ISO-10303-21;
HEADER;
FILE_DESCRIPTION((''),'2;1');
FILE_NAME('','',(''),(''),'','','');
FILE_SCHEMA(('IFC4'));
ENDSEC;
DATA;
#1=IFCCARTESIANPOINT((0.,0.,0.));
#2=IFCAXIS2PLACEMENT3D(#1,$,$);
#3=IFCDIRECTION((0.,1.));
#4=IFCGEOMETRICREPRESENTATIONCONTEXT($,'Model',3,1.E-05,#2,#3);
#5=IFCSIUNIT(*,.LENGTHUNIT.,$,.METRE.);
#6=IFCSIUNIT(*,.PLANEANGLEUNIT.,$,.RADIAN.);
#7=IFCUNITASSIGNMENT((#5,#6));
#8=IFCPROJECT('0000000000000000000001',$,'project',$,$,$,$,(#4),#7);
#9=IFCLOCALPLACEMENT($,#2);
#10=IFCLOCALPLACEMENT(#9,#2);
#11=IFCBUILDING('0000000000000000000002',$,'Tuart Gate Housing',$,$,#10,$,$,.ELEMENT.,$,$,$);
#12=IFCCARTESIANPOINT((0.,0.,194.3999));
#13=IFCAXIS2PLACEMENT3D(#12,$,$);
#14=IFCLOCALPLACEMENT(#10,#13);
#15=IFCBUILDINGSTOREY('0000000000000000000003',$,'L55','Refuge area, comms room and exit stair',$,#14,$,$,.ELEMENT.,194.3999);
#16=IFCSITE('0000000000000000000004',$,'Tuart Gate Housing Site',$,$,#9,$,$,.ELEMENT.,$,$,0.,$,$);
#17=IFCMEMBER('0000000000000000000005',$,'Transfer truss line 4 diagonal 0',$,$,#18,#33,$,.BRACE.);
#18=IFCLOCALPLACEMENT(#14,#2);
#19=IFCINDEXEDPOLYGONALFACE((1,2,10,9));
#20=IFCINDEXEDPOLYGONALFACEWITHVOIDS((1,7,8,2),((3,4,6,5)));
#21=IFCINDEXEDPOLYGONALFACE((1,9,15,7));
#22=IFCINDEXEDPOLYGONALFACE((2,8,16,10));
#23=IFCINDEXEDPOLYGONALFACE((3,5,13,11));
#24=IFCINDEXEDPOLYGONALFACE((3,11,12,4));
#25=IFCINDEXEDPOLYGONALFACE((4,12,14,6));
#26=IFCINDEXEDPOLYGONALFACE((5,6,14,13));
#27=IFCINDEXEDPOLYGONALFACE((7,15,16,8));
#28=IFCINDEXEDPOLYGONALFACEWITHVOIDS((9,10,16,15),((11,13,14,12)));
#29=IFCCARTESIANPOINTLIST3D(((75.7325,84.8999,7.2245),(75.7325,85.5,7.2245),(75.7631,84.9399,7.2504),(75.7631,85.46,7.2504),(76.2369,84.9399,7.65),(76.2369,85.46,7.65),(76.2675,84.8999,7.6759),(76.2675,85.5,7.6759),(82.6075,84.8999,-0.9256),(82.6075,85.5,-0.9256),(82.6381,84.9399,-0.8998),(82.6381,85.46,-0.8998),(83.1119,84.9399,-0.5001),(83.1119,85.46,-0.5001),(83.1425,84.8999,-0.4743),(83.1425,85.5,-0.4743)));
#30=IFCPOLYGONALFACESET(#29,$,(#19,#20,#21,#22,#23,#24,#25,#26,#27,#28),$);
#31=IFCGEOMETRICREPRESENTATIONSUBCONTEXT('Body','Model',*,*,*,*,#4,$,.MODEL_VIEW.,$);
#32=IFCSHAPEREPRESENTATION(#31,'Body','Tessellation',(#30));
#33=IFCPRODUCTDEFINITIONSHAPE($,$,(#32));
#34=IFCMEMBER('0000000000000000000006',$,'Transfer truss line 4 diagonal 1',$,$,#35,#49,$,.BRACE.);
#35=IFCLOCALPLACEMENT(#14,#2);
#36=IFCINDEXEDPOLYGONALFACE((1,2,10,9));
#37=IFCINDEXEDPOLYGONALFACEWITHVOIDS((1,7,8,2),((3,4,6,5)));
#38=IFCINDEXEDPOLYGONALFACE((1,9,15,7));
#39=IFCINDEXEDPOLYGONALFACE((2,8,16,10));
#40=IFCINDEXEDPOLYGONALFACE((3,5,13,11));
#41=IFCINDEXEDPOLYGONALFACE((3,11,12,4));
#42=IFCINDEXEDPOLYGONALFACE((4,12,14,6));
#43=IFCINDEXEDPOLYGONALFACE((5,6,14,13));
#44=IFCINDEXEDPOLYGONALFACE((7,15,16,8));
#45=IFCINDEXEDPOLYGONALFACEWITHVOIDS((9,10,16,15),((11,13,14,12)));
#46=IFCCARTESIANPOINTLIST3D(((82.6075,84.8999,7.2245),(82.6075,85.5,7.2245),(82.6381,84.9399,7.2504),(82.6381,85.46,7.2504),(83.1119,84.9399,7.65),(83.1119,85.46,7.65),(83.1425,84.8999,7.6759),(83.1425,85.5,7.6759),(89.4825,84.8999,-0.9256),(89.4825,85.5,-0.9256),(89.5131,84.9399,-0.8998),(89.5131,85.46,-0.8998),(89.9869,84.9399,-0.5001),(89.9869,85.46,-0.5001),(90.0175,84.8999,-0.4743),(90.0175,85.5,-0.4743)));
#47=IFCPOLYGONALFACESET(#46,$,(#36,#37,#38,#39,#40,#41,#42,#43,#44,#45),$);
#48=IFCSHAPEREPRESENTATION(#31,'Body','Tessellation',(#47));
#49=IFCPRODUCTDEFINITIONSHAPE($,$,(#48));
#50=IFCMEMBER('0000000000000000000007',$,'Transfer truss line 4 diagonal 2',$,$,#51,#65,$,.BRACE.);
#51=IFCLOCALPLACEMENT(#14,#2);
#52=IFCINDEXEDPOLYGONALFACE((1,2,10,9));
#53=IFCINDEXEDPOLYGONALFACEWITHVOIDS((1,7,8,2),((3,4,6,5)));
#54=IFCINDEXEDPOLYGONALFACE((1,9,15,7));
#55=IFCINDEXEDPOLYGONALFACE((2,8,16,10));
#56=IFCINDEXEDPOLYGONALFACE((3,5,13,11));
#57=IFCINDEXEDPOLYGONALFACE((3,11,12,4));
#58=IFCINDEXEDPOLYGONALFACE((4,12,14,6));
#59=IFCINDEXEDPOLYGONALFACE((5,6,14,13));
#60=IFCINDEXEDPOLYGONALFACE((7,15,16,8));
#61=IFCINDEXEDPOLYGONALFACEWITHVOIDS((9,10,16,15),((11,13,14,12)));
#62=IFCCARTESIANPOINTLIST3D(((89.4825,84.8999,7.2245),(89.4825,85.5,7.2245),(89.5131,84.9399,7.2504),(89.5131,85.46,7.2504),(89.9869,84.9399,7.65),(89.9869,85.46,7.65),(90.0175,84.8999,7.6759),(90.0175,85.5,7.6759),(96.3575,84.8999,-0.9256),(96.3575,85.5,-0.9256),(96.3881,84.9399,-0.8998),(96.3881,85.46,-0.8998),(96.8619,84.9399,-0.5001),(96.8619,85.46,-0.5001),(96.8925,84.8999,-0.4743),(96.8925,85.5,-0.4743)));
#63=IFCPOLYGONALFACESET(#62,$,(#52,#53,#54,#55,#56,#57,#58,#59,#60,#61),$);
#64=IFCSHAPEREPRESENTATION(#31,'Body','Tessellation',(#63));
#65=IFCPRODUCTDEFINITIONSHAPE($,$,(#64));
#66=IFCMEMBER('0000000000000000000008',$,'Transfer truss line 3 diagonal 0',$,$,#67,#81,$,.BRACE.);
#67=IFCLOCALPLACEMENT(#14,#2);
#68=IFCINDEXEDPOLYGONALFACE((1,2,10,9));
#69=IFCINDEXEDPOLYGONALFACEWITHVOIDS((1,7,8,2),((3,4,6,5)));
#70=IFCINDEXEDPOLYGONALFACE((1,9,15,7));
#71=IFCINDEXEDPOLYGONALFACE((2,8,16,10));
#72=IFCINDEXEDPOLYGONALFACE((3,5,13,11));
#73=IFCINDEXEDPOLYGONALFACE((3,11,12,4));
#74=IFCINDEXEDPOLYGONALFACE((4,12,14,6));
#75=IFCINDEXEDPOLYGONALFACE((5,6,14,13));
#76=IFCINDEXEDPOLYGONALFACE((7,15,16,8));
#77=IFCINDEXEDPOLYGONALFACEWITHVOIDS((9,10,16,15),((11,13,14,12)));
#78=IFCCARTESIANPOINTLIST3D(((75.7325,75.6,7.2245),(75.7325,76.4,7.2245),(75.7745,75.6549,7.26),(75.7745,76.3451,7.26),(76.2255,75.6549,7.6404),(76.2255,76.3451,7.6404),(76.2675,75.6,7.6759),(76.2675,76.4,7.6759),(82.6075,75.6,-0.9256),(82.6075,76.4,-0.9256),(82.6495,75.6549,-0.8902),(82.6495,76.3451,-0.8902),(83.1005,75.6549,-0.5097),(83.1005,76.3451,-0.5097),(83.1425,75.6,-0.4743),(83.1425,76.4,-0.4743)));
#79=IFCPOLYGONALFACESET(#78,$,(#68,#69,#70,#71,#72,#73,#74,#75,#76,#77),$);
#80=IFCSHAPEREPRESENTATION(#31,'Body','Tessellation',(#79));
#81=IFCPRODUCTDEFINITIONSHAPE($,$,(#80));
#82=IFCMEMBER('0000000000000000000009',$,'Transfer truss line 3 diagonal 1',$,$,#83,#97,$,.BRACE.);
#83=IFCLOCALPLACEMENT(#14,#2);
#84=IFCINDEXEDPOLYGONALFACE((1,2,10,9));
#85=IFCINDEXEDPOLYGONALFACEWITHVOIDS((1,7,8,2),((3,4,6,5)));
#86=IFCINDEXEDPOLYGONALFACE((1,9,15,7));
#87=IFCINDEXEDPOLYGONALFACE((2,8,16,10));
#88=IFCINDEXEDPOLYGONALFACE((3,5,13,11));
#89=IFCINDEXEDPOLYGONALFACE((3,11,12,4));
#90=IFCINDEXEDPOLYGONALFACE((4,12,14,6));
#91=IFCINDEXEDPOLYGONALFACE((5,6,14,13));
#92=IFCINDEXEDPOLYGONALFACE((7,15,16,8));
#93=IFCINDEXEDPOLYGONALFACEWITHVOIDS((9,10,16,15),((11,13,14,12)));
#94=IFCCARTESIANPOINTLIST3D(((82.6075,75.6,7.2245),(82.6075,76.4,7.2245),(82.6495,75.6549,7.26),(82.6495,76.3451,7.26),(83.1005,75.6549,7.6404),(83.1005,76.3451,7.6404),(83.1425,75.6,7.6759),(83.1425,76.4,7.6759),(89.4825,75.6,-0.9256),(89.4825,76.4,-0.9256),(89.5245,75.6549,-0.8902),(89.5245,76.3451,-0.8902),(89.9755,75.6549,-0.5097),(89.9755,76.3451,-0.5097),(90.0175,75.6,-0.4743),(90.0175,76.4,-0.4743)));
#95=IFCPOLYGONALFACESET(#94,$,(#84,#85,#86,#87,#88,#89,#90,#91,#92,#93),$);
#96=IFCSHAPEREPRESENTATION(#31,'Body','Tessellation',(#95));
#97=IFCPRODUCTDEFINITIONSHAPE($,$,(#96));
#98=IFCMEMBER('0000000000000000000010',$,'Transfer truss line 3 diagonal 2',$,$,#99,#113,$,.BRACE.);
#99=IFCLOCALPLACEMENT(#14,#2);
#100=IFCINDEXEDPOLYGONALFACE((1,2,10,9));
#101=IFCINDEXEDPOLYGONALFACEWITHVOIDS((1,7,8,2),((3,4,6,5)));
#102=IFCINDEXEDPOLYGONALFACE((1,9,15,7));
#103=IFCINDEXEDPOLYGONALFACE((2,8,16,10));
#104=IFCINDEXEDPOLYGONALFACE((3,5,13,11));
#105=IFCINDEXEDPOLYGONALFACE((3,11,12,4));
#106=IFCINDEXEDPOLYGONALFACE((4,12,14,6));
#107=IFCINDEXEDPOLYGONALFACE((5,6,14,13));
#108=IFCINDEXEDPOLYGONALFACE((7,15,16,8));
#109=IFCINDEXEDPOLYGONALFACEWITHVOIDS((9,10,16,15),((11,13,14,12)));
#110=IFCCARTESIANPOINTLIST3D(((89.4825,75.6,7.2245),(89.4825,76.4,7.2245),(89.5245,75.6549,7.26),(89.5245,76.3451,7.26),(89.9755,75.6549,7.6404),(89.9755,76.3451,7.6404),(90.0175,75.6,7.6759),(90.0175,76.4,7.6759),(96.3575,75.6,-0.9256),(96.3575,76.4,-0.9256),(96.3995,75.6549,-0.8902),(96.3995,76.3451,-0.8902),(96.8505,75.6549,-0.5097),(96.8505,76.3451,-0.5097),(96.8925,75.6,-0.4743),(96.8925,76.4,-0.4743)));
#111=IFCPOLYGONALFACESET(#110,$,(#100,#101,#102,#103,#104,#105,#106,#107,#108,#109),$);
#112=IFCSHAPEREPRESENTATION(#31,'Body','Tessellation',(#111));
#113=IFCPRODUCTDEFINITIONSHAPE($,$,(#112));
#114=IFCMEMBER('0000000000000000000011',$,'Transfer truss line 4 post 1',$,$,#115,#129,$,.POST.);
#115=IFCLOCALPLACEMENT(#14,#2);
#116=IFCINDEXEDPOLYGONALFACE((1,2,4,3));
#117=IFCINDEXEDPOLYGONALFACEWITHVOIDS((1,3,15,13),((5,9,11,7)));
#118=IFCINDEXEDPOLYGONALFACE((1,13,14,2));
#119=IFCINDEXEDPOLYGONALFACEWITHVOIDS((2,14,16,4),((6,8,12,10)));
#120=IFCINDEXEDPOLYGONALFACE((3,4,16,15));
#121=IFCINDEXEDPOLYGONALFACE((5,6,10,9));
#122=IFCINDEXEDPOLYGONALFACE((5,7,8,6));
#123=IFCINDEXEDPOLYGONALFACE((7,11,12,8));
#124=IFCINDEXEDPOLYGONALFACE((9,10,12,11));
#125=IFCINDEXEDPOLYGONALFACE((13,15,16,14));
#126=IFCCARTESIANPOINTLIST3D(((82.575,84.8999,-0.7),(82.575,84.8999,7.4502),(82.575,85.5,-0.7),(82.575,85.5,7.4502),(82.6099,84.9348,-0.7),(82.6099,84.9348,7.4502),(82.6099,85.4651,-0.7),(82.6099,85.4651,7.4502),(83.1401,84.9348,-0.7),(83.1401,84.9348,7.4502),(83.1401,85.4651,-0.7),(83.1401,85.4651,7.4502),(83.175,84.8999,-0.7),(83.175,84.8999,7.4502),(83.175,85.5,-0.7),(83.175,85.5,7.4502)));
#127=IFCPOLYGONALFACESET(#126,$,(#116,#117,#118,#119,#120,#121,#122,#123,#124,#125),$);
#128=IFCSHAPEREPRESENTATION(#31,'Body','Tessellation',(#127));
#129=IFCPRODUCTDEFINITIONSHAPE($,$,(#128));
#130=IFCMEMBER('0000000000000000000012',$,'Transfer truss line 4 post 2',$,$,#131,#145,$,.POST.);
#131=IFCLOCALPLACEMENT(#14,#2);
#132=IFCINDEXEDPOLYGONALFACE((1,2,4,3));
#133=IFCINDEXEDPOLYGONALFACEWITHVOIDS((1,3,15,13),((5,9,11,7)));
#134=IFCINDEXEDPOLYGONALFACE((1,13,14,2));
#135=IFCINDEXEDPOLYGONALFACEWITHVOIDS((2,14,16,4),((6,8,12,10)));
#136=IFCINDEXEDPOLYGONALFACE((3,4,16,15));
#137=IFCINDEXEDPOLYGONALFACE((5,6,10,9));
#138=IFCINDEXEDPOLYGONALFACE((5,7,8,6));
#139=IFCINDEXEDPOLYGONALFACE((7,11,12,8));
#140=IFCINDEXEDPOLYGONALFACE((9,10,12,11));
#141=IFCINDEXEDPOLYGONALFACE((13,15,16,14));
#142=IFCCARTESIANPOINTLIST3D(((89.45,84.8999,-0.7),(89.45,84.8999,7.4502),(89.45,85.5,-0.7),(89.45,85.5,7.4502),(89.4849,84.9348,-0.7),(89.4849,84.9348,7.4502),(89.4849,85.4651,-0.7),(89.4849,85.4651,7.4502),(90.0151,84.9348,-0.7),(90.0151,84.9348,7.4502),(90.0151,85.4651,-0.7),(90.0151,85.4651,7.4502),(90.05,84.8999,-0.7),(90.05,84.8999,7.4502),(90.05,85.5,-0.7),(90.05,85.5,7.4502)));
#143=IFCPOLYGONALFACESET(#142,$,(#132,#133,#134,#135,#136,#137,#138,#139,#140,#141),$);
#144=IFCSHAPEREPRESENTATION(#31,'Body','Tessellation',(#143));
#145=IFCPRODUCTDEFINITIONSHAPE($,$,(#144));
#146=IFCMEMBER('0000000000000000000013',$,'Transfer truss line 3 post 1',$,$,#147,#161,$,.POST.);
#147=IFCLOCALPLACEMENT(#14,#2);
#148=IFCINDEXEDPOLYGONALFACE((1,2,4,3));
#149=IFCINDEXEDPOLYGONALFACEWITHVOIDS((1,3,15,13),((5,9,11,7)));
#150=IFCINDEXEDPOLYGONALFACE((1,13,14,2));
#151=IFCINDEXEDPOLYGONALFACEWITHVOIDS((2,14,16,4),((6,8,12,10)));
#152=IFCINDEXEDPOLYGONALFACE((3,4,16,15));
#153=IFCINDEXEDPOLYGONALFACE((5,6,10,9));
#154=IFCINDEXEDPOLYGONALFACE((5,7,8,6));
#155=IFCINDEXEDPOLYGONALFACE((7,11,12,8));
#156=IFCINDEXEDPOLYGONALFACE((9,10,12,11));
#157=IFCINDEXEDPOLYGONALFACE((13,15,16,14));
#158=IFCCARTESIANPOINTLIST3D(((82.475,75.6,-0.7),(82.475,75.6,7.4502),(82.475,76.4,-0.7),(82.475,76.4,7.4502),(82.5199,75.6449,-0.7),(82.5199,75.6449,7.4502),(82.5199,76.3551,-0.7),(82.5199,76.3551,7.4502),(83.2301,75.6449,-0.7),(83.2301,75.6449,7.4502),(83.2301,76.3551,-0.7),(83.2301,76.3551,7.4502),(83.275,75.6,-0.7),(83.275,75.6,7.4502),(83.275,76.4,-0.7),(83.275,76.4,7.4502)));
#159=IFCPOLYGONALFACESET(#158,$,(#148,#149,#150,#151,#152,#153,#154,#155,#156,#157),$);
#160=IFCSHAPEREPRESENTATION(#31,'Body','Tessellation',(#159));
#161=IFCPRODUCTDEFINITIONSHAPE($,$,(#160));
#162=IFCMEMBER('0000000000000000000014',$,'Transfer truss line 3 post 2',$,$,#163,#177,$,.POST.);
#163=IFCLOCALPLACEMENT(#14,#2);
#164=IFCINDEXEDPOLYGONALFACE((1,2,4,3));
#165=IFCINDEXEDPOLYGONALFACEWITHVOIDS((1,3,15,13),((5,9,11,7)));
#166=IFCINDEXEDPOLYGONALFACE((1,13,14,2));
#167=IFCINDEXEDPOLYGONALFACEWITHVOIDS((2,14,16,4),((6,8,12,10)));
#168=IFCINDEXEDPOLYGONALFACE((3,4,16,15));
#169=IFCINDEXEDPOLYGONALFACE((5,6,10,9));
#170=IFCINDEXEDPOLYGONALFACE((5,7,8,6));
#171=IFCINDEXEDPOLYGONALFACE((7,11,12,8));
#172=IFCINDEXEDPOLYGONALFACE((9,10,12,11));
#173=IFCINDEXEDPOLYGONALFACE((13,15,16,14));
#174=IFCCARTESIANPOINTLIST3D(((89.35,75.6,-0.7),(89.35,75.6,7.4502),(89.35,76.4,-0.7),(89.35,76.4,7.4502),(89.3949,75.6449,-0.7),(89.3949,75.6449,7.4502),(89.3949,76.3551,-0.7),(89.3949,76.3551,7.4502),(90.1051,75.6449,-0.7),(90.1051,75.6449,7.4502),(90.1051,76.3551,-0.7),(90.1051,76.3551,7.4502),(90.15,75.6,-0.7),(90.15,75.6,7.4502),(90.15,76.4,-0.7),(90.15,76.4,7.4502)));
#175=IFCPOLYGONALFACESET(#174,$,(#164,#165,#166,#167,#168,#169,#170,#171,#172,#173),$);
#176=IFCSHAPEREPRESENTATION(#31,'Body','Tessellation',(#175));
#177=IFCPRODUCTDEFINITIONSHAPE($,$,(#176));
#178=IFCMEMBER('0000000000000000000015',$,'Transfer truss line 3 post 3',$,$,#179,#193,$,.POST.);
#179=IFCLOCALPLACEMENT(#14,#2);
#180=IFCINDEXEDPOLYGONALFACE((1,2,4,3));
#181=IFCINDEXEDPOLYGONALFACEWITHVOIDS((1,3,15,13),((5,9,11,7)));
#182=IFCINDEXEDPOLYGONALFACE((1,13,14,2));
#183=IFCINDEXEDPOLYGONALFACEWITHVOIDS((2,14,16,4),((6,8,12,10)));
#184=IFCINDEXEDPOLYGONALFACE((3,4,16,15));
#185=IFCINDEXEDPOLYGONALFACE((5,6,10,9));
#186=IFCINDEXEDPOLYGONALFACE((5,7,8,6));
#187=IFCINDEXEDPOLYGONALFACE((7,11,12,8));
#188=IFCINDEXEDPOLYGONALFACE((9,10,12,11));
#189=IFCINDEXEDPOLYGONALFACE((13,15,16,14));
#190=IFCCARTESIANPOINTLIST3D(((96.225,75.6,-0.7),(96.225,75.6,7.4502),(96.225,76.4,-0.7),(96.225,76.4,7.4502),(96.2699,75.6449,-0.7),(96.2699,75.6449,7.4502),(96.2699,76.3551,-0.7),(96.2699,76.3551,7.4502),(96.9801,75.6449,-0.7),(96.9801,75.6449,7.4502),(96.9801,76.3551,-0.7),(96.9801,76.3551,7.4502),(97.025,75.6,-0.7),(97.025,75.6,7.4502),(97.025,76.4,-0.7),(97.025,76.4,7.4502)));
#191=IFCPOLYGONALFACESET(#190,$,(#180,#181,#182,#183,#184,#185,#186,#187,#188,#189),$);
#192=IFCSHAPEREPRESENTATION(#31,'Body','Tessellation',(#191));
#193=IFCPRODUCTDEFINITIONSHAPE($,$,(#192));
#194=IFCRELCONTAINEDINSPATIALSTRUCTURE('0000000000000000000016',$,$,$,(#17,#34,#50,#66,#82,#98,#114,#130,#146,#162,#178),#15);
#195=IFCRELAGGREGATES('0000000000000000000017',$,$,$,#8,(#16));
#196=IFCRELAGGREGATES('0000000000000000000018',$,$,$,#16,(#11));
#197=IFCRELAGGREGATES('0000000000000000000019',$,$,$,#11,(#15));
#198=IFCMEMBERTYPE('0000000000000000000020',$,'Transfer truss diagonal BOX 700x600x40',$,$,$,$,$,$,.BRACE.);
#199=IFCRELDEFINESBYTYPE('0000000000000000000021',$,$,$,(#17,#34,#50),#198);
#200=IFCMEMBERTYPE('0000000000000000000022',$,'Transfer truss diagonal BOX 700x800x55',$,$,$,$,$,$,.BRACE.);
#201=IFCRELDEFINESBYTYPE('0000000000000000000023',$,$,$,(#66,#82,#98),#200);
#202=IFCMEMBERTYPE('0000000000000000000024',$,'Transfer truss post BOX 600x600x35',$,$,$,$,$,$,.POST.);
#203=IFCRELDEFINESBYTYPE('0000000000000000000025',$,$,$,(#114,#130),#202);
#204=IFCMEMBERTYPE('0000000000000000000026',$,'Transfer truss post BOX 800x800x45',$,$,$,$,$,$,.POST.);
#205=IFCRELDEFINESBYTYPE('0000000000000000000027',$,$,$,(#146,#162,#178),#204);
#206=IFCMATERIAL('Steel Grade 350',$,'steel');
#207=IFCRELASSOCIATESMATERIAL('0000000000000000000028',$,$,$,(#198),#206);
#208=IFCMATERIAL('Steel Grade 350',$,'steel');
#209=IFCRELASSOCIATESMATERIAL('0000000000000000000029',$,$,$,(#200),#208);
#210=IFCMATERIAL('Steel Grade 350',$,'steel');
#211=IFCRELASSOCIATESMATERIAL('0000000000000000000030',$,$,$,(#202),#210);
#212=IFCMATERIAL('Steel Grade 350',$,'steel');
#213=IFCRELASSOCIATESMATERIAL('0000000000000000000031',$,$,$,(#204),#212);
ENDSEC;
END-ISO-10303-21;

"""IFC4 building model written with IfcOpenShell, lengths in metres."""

from ifc_helpers import new_model, si_unit, direction, frame, origin, origin_2d, place, context, subcontext, project, spatial, hollow_rectangle, extrude, material, material_profile, profile_set, type_object, element, save


model = new_model("IFC4")

# Units and contexts
model_context = context("Model", 3, precision=1e-05, world=origin(), true_north=direction((0.0, 1.0)))
body_context = subcontext(model_context, "Body", "Model", "MODEL_VIEW")
ifc_project = project(units=[si_unit("LENGTHUNIT", "METRE"), si_unit("PLANEANGLEUNIT", "RADIAN")], contexts=[model_context])

# Site, building, storey
site_placement = place(None, origin())
site = spatial("IfcSite", under=ifc_project, at=site_placement, Name="Tuart Gate Housing Site", CompositionType="ELEMENT", RefElevation=0.0)
building_placement = place(site_placement, origin())
building = spatial("IfcBuilding", under=site, at=building_placement, Name="Tuart Gate Housing", CompositionType="ELEMENT")
storey_placement = place(building_placement, frame((0.0, 0.0, 194.3999)))
storey = spatial("IfcBuildingStorey", under=building, at=storey_placement, Name="L55", Description="Refuge area, comms room and exit stair", CompositionType="ELEMENT", Elevation=194.3999)

# Members
ifc_material_1 = material(Name="Steel Grade 350", Category="steel")
ifc_material_profile_1 = material_profile(ifc_material_1, hollow_rectangle(XDim=0.6001, YDim=0.7, WallThickness=0.04, at=origin_2d()), Name="BOX 700x600x40")
ifc_profile_set_1 = profile_set([ifc_material_profile_1], Name="Steel Grade 350")
member_type_1 = type_object("IfcMemberType", Name="Transfer truss diagonal BOX 700x600x40", PredefinedType="BRACE", material=ifc_profile_set_1)
for number, where, z_axis, x_axis, name in (
    (1, (76.0, 85.2, 7.4502), (0.644779, 0.0, -0.764369), (0.0, 1.0, 0.0), "Transfer truss line 4 diagonal 0"),
    (2, (82.875, 85.2, 7.4502), (0.644779, 0.0, -0.764369), (0.0, 1.0, 0.0), "Transfer truss line 4 diagonal 1"),
    (3, (89.75, 85.2, 7.4502), (0.644779, 0.0, -0.764369), (0.0, 1.0, 0.0), "Transfer truss line 4 diagonal 2"),
):
    element("IfcMember", number, at=place(storey_placement, frame(where, z_axis=z_axis, x_axis=x_axis)), inside=storey, type_object=member_type_1, Name=name, PredefinedType="BRACE", context=body_context, shape_type="SweptSolid", body=[
        extrude(hollow_rectangle(XDim=0.6001, YDim=0.7, WallThickness=0.04, at=origin_2d()), origin(), (0.0, 0.0, 1.0), 10.6626),
    ])
ifc_material_2 = material(Name="Steel Grade 350", Category="steel")
ifc_material_profile_2 = material_profile(ifc_material_2, hollow_rectangle(XDim=0.8, YDim=0.7, WallThickness=0.0549, at=origin_2d()), Name="BOX 700x800x55")
ifc_profile_set_2 = profile_set([ifc_material_profile_2], Name="Steel Grade 350")
member_type_2 = type_object("IfcMemberType", Name="Transfer truss diagonal BOX 700x800x55", PredefinedType="BRACE", material=ifc_profile_set_2)
for number, where, z_axis, x_axis, name in (
    (4, (76.0, 76.0, 7.4502), (0.644779, 0.0, -0.764369), (0.0, 1.0, 0.0), "Transfer truss line 3 diagonal 0"),
    (5, (82.875, 76.0, 7.4502), (0.644779, 0.0, -0.764369), (0.0, 1.0, 0.0), "Transfer truss line 3 diagonal 1"),
    (6, (89.75, 76.0, 7.4502), (0.644779, 0.0, -0.764369), (0.0, 1.0, 0.0), "Transfer truss line 3 diagonal 2"),
):
    element("IfcMember", number, at=place(storey_placement, frame(where, z_axis=z_axis, x_axis=x_axis)), inside=storey, type_object=member_type_2, Name=name, PredefinedType="BRACE", context=body_context, shape_type="SweptSolid", body=[
        extrude(hollow_rectangle(XDim=0.8, YDim=0.7, WallThickness=0.0549, at=origin_2d()), origin(), (0.0, 0.0, 1.0), 10.6626),
    ])
ifc_material_3 = material(Name="Steel Grade 350", Category="steel")
ifc_material_profile_3 = material_profile(ifc_material_3, hollow_rectangle(XDim=0.6001, YDim=0.6001, WallThickness=0.0349, at=origin_2d()), Name="BOX 600x600x35")
ifc_profile_set_3 = profile_set([ifc_material_profile_3], Name="Steel Grade 350")
member_type_3 = type_object("IfcMemberType", Name="Transfer truss post BOX 600x600x35", PredefinedType="POST", material=ifc_profile_set_3)
for number, where, z_axis, x_axis, name in (
    (7, (82.875, 85.2, -0.7), (0.0, 0.0, 1.0), (1.0, 0.0, 0.0), "Transfer truss line 4 post 1"),
    (8, (89.75, 85.2, -0.7), (0.0, 0.0, 1.0), (1.0, 0.0, 0.0), "Transfer truss line 4 post 2"),
):
    element("IfcMember", number, at=place(storey_placement, frame(where, z_axis=z_axis, x_axis=x_axis)), inside=storey, type_object=member_type_3, Name=name, PredefinedType="POST", context=body_context, shape_type="SweptSolid", body=[
        extrude(hollow_rectangle(XDim=0.6001, YDim=0.6001, WallThickness=0.0349, at=origin_2d()), origin(), (0.0, 0.0, 1.0), 8.1501),
    ])
ifc_material_4 = material(Name="Steel Grade 350", Category="steel")
ifc_material_profile_4 = material_profile(ifc_material_4, hollow_rectangle(XDim=0.8, YDim=0.8, WallThickness=0.0449, at=origin_2d()), Name="BOX 800x800x45")
ifc_profile_set_4 = profile_set([ifc_material_profile_4], Name="Steel Grade 350")
member_type_4 = type_object("IfcMemberType", Name="Transfer truss post BOX 800x800x45", PredefinedType="POST", material=ifc_profile_set_4)
for number, where, z_axis, x_axis, name in (
    (9, (82.875, 76.0, -0.7), (0.0, 0.0, 1.0), (1.0, 0.0, 0.0), "Transfer truss line 3 post 1"),
    (10, (89.75, 76.0, -0.7), (0.0, 0.0, 1.0), (1.0, 0.0, 0.0), "Transfer truss line 3 post 2"),
    (11, (96.625, 76.0, -0.7), (0.0, 0.0, 1.0), (1.0, 0.0, 0.0), "Transfer truss line 3 post 3"),
):
    element("IfcMember", number, at=place(storey_placement, frame(where, z_axis=z_axis, x_axis=x_axis)), inside=storey, type_object=member_type_4, Name=name, PredefinedType="POST", context=body_context, shape_type="SweptSolid", body=[
        extrude(hollow_rectangle(XDim=0.8, YDim=0.8, WallThickness=0.0449, at=origin_2d()), origin(), (0.0, 0.0, 1.0), 8.1501),
    ])

save(model, "model.ifc")
